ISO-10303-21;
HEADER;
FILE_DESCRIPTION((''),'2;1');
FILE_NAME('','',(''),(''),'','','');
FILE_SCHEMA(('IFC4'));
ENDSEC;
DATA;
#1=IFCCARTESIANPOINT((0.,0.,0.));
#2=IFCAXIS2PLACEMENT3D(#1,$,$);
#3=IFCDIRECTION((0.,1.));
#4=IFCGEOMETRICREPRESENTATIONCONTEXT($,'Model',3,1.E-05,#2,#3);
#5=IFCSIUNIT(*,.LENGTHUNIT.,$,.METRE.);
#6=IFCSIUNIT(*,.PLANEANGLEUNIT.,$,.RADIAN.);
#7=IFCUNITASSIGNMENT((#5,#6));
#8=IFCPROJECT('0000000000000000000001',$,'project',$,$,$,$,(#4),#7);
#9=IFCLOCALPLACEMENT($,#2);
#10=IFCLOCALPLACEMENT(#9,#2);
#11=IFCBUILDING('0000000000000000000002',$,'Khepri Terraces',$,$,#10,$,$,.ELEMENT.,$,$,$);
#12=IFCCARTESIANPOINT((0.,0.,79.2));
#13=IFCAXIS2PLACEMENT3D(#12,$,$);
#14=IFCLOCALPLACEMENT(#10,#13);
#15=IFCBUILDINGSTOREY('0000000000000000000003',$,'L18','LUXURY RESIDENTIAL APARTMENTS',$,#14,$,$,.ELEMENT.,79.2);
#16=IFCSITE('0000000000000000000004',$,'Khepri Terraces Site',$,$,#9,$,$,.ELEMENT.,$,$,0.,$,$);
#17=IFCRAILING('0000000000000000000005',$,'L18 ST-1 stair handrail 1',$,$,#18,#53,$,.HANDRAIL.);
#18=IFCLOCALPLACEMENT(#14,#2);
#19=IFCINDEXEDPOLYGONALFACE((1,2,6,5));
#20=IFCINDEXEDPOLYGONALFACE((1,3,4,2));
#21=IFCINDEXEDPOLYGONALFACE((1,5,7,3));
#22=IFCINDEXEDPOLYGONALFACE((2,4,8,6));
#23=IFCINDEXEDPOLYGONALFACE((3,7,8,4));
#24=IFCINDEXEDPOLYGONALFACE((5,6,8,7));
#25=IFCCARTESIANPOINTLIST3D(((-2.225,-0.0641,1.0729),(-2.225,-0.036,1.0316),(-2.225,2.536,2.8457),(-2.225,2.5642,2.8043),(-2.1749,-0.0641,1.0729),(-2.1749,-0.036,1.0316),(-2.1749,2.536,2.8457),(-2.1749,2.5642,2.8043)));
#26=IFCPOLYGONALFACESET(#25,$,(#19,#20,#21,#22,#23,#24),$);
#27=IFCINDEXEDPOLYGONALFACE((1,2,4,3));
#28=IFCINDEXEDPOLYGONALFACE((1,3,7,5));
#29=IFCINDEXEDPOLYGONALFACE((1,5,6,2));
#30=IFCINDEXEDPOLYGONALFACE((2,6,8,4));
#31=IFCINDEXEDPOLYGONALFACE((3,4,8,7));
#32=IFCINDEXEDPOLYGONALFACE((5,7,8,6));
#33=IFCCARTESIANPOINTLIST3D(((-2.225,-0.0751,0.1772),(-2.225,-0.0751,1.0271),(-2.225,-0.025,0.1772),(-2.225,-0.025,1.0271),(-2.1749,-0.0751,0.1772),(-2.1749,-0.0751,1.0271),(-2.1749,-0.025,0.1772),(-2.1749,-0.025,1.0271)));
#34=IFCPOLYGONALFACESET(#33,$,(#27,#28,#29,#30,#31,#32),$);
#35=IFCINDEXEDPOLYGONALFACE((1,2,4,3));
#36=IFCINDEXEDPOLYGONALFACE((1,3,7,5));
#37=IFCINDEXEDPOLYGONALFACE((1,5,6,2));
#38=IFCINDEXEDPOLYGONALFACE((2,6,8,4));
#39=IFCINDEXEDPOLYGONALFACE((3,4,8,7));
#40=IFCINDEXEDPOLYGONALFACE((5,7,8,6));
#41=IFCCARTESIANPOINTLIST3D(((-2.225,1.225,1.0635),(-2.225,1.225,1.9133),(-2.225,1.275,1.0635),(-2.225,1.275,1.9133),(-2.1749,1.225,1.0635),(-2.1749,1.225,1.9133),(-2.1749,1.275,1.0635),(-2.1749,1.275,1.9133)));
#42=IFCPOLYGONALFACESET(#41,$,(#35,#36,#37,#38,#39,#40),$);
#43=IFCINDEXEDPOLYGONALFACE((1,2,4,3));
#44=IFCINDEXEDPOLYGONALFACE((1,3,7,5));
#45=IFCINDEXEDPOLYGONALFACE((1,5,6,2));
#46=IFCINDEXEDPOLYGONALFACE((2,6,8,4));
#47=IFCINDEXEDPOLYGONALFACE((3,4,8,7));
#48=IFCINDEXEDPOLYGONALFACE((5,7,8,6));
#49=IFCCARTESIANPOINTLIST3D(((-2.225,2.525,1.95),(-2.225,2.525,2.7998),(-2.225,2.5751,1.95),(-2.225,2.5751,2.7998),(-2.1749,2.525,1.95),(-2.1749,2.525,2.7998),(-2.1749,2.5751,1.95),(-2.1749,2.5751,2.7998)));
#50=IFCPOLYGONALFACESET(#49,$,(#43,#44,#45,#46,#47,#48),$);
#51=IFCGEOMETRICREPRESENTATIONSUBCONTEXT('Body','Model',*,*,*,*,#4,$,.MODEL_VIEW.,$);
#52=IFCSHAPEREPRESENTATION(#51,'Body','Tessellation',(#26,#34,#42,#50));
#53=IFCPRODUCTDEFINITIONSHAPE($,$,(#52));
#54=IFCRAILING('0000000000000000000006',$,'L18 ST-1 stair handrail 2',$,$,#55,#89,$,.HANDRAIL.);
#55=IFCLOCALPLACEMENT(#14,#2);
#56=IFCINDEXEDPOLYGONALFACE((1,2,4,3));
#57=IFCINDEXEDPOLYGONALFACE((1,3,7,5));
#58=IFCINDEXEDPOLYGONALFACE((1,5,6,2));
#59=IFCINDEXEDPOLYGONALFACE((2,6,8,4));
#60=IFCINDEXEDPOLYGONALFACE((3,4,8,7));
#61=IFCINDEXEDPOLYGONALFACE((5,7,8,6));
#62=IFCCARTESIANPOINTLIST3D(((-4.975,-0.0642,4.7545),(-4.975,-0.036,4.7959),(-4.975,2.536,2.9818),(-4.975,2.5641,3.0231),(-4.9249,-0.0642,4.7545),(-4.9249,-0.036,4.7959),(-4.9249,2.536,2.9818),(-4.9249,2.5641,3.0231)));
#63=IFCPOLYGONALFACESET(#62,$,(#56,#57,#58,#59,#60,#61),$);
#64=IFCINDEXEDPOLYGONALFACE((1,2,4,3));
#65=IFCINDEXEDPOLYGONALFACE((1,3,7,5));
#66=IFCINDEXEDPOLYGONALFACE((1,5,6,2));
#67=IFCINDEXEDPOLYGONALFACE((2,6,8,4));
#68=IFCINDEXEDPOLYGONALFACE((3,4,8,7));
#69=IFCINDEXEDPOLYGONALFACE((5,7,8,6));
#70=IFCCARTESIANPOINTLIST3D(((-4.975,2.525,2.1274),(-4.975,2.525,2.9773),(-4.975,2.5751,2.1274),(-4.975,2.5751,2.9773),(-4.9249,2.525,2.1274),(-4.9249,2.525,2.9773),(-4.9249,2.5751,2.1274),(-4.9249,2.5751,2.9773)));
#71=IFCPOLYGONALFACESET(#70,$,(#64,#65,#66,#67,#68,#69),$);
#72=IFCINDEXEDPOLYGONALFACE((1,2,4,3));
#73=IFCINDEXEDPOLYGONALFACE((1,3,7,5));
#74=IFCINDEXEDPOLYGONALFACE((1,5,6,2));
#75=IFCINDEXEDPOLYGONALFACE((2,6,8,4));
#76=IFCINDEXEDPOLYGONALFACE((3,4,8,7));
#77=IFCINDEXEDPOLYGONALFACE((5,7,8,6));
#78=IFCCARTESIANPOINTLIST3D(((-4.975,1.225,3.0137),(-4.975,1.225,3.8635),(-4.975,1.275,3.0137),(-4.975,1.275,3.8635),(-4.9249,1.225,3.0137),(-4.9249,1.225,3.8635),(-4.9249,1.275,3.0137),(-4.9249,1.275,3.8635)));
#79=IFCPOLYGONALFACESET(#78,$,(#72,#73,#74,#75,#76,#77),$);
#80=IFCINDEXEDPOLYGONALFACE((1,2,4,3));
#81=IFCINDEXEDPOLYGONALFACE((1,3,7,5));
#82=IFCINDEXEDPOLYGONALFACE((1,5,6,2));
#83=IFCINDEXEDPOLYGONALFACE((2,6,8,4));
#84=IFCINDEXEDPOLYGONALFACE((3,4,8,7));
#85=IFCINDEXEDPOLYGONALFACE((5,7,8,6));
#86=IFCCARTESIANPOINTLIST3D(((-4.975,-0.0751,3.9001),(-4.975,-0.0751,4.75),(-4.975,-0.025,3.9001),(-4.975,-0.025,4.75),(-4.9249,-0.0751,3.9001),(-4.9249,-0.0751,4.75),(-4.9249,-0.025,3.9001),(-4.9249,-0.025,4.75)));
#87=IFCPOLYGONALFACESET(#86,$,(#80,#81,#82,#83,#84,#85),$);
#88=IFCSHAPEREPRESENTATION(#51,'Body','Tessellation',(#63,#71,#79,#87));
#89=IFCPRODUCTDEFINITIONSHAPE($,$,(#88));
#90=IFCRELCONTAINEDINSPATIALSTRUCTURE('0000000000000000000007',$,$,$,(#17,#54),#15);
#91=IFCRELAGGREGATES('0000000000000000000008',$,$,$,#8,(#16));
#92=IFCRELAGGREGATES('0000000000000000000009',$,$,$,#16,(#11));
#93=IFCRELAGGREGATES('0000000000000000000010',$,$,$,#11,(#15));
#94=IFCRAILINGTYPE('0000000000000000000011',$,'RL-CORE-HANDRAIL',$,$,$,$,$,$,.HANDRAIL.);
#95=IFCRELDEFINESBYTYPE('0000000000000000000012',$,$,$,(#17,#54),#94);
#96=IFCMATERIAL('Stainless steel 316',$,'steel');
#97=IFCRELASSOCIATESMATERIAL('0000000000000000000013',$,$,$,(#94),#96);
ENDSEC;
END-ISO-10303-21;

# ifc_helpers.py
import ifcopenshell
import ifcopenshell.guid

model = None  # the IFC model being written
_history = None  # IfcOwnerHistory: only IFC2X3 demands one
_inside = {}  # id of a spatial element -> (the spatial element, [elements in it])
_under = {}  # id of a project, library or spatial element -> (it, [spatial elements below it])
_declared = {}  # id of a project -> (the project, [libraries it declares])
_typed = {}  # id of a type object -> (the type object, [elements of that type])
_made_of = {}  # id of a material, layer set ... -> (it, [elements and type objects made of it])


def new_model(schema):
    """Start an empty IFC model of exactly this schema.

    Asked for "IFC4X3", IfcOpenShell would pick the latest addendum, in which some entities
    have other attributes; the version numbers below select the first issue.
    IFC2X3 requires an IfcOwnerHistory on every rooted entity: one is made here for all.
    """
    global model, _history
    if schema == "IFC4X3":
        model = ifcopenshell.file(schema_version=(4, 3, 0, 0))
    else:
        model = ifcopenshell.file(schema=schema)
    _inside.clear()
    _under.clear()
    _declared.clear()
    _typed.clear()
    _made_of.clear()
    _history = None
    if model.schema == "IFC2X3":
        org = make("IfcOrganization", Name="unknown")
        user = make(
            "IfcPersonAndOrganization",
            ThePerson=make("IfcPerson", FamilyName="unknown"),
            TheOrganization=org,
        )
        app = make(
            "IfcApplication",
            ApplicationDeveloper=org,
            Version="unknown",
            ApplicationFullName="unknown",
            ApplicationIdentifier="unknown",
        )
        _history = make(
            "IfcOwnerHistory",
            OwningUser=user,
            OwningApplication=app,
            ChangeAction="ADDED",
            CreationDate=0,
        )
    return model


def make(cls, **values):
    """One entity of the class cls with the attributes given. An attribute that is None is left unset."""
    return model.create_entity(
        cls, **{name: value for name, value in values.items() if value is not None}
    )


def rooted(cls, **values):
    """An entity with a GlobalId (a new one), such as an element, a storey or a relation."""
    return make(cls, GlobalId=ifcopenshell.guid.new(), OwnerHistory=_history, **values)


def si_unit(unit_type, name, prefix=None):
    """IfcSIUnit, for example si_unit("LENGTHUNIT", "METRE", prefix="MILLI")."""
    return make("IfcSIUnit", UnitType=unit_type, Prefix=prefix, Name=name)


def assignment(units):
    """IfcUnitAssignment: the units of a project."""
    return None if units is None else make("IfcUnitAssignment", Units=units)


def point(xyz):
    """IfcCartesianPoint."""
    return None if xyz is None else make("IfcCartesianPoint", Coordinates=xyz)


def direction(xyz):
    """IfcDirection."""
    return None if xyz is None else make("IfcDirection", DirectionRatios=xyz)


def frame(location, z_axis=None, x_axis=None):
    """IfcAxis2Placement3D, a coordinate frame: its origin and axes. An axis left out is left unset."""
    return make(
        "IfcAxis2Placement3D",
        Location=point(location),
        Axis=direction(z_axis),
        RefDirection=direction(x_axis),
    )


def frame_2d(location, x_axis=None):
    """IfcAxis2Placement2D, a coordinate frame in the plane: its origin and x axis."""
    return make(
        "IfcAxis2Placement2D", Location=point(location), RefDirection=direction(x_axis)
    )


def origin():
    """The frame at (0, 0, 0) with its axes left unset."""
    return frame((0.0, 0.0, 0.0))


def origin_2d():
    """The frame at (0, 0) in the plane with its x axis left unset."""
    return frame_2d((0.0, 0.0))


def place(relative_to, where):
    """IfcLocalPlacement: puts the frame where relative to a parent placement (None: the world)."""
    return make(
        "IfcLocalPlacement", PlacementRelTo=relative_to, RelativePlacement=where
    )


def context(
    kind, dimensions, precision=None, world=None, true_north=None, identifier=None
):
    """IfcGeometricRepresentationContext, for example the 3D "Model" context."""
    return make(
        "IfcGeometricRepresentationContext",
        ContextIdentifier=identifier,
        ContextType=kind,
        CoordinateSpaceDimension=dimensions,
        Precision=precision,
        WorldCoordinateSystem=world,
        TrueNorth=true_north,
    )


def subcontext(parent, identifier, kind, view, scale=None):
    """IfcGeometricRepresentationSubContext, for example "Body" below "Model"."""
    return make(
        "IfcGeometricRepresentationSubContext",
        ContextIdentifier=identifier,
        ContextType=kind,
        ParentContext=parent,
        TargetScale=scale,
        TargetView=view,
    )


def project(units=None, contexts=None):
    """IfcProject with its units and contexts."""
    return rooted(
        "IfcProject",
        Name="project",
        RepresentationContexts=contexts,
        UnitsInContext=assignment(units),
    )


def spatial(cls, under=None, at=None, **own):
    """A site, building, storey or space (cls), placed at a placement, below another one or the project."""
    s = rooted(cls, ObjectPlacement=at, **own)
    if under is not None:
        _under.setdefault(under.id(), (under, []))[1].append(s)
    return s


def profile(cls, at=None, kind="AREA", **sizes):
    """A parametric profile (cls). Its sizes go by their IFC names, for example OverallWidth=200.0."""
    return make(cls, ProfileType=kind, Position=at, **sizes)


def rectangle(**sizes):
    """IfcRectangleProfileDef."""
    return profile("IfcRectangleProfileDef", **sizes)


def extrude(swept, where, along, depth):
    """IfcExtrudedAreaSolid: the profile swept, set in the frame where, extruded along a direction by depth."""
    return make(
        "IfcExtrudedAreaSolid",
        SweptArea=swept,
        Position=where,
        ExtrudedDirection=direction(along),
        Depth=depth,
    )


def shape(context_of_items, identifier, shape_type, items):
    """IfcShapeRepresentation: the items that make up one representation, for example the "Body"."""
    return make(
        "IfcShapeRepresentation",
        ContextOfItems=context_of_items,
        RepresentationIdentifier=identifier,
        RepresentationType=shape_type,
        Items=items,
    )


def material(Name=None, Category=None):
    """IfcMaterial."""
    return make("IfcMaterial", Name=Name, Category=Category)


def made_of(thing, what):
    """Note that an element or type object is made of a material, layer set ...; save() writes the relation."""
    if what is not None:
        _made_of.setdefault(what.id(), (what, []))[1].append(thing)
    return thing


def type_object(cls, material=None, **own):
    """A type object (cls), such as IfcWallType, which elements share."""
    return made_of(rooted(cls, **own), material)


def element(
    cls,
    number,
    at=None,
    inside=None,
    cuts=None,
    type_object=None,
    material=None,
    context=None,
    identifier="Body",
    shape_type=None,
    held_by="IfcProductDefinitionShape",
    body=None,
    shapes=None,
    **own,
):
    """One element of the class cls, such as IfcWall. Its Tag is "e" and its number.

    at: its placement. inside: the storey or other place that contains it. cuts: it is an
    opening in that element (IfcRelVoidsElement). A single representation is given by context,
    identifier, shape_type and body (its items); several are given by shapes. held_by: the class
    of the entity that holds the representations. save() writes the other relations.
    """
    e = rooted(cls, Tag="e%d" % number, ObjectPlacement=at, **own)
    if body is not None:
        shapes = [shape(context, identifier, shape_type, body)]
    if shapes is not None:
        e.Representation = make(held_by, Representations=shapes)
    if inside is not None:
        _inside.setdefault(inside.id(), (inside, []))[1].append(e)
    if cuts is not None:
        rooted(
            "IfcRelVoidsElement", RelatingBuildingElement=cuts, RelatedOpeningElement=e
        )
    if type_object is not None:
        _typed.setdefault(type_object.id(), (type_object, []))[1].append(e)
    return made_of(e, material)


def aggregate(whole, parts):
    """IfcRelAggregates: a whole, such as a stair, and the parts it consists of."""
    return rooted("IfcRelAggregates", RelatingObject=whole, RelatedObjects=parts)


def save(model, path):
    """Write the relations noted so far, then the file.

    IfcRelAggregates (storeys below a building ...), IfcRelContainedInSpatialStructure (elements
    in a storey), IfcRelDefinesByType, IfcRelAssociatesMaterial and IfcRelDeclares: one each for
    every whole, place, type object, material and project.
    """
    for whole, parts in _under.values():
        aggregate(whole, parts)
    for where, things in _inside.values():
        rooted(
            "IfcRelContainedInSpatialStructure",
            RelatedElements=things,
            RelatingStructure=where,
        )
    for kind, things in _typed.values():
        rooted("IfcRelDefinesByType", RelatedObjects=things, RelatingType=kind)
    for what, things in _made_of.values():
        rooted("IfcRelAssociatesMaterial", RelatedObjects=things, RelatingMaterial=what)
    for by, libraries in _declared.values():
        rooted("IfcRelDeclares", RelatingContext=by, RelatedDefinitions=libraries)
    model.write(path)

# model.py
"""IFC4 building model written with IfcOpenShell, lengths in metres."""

from ifc_helpers import new_model, si_unit, direction, frame, origin, origin_2d, place, context, subcontext, project, spatial, rectangle, extrude, material, type_object, element, save


model = new_model("IFC4")

# Units and contexts
model_context = context("Model", 3, precision=1e-05, world=origin(), true_north=direction((0.0, 1.0)))
body_context = subcontext(model_context, "Body", "Model", "MODEL_VIEW")
ifc_project = project(units=[si_unit("LENGTHUNIT", "METRE"), si_unit("PLANEANGLEUNIT", "RADIAN")], contexts=[model_context])

# Site, building, storey
site_placement = place(None, origin())
site = spatial("IfcSite", under=ifc_project, at=site_placement, Name="Khepri Terraces Site", CompositionType="ELEMENT", RefElevation=0.0)
building_placement = place(site_placement, origin())
building = spatial("IfcBuilding", under=site, at=building_placement, Name="Khepri Terraces", CompositionType="ELEMENT")
storey_placement = place(building_placement, frame((0.0, 0.0, 79.2)))
storey = spatial("IfcBuildingStorey", under=building, at=storey_placement, Name="L18", Description="LUXURY RESIDENTIAL APARTMENTS", CompositionType="ELEMENT", Elevation=79.2)

# Railings
ifc_material_1 = material(Name="Stainless steel 316", Category="steel")
railing_type_1 = type_object("IfcRailingType", Name="RL-CORE-HANDRAIL", PredefinedType="HANDRAIL", material=ifc_material_1)
railing_1_placement = place(storey_placement, frame((-2.2, -0.05, 0.1772)))
element("IfcRailing", 1, at=railing_1_placement, inside=storey, type_object=railing_type_1, Name="L18 ST-1 stair handrail 1", PredefinedType="HANDRAIL", context=body_context, shape_type="SweptSolid", body=[
    extrude(rectangle(XDim=0.05, YDim=0.05, at=origin_2d()), frame((0.0, 0.0, 0.875), z_axis=(0.0, 0.82624, 0.563318), x_axis=(-1.0, 0.0, 0.0)), (0.0, 0.0, 1.0), 3.147),
    extrude(rectangle(XDim=0.05, YDim=0.05, at=origin_2d()), origin(), (0.0, 0.0, 1.0), 0.8499),
    extrude(rectangle(XDim=0.05, YDim=0.05, at=origin_2d()), frame((0.0, 1.3, 0.8862)), (0.0, 0.0, 1.0), 0.8499),
    extrude(rectangle(XDim=0.05, YDim=0.05, at=origin_2d()), frame((0.0, 2.6001, 1.7727)), (0.0, 0.0, 1.0), 0.8499),
])
railing_2_placement = place(storey_placement, frame((-4.95, 2.55, 2.1274)))
element("IfcRailing", 2, at=railing_2_placement, inside=storey, type_object=railing_type_1, Name="L18 ST-1 stair handrail 2", PredefinedType="HANDRAIL", context=body_context, shape_type="SweptSolid", body=[
    extrude(rectangle(XDim=0.05, YDim=0.05, at=origin_2d()), frame((0.0, 0.0, 0.875), z_axis=(0.0, -0.82624, 0.563318), x_axis=(1.0, 0.0, 0.0)), (0.0, 0.0, 1.0), 3.147),
    extrude(rectangle(XDim=0.05, YDim=0.05, at=origin_2d()), origin(), (0.0, 0.0, 1.0), 0.8499),
    extrude(rectangle(XDim=0.05, YDim=0.05, at=origin_2d()), frame((0.0, -1.3, 0.8862)), (0.0, 0.0, 1.0), 0.8499),
    extrude(rectangle(XDim=0.05, YDim=0.05, at=origin_2d()), frame((0.0, -2.6001, 1.7727)), (0.0, 0.0, 1.0), 0.8499),
])

save(model, "model.ifc")
